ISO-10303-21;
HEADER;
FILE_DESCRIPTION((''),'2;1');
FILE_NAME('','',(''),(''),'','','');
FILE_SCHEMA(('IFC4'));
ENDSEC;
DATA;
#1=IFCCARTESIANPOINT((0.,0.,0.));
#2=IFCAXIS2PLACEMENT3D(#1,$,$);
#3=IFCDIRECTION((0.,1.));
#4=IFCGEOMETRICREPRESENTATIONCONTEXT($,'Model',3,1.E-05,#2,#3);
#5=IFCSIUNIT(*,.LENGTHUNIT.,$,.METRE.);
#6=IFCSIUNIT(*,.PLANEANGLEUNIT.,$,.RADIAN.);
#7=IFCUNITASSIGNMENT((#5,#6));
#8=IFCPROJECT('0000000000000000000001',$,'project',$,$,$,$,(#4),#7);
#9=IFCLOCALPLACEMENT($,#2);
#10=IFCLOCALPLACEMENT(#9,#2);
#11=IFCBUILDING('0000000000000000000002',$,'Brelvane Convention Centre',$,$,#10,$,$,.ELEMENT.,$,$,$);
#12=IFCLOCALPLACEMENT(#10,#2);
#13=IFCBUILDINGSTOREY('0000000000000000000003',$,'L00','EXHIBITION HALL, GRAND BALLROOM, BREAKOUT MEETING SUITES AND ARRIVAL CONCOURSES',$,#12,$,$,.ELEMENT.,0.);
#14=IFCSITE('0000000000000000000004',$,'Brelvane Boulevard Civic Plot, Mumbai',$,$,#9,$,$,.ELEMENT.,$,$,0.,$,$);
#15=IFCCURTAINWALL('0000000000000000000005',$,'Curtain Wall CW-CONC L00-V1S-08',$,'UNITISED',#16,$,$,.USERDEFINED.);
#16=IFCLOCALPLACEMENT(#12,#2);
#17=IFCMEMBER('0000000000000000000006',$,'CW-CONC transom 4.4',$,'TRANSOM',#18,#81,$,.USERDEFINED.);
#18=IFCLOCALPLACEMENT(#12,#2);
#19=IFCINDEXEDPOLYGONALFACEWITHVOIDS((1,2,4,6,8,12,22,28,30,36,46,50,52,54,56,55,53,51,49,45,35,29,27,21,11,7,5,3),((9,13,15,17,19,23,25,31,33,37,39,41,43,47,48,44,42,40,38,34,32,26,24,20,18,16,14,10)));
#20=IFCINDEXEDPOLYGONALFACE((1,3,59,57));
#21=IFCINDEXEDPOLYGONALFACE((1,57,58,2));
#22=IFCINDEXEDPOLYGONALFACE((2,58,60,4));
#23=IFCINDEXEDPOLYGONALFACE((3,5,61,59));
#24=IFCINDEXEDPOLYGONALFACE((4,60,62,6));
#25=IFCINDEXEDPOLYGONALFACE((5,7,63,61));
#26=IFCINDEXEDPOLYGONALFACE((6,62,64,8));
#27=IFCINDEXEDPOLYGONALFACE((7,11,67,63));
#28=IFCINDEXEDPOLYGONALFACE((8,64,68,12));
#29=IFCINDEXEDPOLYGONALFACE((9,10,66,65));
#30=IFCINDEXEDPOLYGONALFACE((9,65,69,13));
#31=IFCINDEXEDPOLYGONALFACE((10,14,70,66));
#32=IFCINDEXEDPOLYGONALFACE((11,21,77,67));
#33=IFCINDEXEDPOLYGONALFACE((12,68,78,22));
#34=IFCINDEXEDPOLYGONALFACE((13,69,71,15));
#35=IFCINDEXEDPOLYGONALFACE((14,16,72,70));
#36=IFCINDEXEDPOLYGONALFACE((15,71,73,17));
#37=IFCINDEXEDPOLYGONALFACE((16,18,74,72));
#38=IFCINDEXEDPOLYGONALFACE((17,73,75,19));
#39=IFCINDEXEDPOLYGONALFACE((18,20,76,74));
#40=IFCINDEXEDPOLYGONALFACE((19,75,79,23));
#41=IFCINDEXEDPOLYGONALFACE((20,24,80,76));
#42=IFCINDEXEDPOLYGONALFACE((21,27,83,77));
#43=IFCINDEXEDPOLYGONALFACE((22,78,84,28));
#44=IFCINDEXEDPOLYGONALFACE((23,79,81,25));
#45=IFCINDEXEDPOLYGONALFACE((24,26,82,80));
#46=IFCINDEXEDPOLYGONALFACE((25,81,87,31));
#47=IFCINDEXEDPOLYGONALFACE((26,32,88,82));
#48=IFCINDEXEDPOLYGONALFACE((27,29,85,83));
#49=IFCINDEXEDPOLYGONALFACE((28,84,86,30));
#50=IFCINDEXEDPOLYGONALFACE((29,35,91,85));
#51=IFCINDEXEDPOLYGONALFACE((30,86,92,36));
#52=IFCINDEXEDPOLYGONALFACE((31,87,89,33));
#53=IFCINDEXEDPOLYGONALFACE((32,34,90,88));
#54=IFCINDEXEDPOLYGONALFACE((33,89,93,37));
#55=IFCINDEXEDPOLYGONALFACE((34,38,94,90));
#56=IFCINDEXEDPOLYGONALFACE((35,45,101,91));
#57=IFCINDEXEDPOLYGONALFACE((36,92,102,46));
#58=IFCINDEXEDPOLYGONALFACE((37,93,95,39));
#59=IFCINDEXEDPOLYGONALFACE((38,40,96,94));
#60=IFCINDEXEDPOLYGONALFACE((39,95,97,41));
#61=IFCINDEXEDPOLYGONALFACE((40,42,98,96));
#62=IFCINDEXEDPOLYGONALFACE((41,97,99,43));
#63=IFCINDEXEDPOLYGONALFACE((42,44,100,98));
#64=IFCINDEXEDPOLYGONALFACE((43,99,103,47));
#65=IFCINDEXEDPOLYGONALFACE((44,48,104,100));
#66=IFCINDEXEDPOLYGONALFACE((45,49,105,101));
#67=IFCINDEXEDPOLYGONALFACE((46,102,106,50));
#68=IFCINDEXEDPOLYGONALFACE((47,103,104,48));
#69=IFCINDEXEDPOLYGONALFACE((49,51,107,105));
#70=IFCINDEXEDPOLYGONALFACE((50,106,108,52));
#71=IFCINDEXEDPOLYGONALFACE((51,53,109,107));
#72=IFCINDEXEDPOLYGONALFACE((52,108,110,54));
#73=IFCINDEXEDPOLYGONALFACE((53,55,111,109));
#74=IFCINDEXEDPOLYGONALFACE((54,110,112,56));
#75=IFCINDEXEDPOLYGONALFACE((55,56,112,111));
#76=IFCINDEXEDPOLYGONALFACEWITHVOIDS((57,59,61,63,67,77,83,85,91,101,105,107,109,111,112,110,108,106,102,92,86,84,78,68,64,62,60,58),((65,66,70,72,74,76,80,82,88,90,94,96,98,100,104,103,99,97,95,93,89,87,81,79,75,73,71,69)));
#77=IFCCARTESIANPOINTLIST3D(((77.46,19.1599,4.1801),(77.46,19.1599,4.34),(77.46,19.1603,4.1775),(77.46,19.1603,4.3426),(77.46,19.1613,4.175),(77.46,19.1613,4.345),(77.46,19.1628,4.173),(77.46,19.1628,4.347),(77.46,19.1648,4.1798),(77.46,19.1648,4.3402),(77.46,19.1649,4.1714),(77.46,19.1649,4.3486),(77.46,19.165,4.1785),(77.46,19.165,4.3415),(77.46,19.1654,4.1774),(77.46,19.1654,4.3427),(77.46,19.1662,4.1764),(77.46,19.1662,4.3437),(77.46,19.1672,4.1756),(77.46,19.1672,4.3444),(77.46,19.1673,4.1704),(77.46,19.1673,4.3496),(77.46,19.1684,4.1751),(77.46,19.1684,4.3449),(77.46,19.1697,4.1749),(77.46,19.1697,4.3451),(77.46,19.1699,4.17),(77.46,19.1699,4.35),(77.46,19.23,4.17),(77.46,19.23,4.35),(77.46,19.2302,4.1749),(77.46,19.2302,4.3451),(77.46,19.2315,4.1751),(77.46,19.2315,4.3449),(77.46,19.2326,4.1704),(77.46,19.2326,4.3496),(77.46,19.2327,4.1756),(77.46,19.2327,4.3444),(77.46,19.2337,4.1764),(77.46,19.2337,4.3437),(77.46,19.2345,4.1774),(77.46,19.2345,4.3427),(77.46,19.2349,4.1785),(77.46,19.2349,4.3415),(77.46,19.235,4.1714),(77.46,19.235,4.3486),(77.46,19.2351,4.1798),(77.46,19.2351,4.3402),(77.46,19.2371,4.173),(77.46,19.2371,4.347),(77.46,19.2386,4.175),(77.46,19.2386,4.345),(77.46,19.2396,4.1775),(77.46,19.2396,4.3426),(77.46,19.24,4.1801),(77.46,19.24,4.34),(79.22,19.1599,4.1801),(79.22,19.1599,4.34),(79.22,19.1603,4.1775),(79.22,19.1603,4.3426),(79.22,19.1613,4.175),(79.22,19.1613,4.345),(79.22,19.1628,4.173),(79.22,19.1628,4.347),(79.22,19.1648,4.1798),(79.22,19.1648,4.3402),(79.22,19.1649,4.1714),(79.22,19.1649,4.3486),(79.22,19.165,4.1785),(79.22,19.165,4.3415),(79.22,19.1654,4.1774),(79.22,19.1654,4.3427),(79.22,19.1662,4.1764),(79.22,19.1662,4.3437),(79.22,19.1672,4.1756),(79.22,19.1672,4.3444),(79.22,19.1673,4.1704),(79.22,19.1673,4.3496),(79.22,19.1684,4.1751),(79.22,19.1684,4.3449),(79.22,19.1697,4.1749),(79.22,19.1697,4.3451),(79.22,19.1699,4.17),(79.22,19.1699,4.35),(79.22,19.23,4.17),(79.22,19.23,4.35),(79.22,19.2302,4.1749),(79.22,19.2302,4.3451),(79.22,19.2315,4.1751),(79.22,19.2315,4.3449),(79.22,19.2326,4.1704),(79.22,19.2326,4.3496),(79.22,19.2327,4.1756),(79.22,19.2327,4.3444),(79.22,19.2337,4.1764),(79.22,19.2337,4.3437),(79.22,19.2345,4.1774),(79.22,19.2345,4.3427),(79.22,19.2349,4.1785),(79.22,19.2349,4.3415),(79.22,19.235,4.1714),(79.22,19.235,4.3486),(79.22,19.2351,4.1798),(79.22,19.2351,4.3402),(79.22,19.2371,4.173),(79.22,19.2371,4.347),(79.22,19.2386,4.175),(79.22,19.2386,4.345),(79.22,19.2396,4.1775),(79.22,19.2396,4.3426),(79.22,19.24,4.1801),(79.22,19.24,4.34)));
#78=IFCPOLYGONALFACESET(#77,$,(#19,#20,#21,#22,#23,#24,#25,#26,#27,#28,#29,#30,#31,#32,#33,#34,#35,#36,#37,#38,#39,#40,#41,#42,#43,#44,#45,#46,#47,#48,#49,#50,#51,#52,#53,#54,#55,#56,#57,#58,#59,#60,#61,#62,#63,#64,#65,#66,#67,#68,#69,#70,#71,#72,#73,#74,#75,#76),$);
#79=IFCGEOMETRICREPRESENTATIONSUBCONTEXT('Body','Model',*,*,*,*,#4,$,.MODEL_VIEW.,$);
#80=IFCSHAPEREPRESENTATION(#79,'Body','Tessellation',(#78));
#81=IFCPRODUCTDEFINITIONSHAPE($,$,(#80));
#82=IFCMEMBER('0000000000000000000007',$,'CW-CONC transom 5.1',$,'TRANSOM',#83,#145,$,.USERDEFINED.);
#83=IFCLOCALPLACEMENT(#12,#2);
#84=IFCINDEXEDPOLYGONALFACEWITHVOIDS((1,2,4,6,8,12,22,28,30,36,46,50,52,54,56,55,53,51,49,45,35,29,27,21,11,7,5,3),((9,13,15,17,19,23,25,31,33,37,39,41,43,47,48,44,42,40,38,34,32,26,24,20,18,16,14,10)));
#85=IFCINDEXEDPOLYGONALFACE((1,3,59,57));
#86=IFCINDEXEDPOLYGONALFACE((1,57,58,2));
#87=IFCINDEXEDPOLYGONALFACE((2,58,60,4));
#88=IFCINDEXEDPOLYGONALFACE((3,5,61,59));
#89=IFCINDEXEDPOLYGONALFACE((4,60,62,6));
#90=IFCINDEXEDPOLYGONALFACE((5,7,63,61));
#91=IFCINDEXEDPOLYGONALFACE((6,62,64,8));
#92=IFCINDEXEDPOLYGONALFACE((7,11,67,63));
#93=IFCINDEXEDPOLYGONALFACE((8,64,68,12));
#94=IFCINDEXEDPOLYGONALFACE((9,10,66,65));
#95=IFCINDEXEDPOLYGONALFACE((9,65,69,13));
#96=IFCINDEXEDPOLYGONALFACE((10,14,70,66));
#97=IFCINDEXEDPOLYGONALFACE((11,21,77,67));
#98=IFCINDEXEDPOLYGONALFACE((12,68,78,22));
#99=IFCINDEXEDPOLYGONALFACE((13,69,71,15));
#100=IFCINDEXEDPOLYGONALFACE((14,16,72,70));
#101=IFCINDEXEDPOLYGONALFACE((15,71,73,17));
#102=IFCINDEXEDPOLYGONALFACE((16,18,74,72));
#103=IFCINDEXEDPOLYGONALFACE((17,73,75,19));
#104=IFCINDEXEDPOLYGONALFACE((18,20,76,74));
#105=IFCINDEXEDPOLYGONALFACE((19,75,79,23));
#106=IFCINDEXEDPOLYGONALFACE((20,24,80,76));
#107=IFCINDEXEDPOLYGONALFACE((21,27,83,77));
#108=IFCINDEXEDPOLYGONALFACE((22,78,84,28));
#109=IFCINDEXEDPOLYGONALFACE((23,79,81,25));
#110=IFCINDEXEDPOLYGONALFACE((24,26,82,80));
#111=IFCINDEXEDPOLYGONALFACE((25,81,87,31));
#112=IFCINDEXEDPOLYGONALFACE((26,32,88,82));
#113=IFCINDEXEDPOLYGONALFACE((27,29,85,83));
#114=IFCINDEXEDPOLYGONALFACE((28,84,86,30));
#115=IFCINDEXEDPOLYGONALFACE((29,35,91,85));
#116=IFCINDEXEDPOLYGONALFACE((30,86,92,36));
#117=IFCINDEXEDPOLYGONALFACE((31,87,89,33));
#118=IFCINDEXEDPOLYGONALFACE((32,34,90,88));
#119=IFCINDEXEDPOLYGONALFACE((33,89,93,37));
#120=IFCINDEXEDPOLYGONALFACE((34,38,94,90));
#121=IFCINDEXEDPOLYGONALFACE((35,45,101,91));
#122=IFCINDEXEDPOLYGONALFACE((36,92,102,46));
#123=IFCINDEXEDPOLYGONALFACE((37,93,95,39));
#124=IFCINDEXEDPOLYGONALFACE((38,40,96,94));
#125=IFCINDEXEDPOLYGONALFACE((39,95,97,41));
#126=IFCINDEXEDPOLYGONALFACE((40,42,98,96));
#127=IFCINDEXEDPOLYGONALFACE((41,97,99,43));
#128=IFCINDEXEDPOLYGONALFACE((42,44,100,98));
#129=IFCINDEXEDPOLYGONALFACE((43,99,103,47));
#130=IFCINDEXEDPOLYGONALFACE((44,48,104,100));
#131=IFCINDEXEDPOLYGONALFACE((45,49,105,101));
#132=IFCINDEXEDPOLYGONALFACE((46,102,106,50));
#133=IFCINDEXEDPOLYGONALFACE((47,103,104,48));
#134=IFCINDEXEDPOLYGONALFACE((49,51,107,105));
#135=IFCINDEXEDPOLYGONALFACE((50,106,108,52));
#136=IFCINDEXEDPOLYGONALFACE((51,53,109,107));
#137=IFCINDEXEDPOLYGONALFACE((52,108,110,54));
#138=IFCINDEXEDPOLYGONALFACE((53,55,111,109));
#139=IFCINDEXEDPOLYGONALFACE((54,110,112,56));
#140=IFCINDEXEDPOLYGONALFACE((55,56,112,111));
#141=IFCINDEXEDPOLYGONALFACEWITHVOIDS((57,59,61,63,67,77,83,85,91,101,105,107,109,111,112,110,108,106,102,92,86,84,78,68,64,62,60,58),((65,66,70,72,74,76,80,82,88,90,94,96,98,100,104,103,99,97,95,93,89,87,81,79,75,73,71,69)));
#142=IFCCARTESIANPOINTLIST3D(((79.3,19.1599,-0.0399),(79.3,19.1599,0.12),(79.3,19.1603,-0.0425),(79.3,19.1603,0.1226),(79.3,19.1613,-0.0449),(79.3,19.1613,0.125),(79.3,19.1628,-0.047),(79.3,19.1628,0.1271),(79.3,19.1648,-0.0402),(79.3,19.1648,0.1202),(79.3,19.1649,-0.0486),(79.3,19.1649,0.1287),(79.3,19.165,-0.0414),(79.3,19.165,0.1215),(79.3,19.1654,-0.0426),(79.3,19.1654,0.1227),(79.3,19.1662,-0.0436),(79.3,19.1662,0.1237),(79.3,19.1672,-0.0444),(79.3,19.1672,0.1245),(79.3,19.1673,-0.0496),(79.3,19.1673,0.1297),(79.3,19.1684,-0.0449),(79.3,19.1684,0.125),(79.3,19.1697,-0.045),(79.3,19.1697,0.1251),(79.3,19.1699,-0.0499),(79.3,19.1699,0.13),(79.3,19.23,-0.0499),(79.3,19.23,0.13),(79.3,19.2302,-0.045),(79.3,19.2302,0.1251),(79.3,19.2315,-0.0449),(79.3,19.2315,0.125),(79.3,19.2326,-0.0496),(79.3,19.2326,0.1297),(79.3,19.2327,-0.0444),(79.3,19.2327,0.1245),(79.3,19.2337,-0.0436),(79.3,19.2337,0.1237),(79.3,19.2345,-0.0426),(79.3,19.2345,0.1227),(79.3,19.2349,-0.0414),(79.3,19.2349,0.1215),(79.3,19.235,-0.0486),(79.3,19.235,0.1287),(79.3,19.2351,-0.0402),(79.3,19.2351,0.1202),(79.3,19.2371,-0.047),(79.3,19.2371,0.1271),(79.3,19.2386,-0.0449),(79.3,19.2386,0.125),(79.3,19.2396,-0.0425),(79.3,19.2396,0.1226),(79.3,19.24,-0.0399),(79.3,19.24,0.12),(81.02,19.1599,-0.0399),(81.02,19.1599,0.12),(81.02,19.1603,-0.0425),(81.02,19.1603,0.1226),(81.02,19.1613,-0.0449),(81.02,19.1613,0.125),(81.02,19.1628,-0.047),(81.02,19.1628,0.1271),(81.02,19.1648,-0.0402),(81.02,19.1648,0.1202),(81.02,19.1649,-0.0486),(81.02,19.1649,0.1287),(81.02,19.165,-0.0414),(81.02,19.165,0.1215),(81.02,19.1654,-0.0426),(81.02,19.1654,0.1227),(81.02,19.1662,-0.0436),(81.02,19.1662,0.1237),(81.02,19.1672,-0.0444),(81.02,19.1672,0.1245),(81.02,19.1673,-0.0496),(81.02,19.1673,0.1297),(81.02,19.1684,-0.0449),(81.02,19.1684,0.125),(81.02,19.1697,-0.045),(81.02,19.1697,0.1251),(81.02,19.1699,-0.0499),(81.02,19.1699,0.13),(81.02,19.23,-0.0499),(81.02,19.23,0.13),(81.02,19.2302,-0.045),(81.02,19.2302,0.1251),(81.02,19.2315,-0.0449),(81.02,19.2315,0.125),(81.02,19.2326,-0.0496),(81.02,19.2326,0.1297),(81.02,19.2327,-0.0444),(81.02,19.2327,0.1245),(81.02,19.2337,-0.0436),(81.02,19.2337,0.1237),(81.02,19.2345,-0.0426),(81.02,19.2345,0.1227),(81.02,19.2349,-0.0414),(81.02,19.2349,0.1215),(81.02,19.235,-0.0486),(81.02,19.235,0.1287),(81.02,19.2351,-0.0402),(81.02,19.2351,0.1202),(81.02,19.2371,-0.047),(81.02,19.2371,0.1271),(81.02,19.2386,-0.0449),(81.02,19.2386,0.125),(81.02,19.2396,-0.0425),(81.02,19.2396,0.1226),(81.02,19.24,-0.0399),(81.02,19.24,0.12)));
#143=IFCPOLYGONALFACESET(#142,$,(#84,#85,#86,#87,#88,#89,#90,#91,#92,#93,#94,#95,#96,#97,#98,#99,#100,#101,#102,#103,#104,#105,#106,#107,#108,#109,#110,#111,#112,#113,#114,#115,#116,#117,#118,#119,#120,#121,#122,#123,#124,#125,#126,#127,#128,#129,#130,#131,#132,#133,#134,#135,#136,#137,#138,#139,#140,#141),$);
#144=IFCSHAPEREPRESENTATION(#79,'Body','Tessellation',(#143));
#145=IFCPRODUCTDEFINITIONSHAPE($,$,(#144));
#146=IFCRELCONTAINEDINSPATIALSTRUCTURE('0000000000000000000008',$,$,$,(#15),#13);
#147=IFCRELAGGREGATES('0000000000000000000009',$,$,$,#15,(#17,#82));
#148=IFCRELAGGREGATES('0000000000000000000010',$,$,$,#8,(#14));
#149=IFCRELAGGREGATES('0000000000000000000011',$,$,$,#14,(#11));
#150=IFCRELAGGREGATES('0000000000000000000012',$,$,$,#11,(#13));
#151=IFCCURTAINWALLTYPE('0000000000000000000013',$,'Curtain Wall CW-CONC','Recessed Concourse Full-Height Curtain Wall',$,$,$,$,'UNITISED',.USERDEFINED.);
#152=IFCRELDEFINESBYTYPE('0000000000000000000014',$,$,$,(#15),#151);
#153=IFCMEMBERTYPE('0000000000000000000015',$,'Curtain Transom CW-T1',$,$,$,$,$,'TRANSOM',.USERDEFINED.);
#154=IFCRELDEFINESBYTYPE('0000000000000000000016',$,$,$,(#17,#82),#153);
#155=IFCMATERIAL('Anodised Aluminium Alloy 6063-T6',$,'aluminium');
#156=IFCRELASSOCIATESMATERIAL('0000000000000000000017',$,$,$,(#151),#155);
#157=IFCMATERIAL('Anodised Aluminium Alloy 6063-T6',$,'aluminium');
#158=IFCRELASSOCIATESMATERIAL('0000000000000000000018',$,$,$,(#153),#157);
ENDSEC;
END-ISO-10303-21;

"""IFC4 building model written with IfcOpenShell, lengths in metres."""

from ifc_helpers import new_model, si_unit, direction, frame, origin, origin_2d, place, context, subcontext, project, spatial, hollow_rectangle, extrude, material, material_profile, profile_set, type_object, element, aggregate, save


model = new_model("IFC4")

# Units and contexts
model_context = context("Model", 3, precision=1e-05, world=origin(), true_north=direction((0.0, 1.0)))
body_context = subcontext(model_context, "Body", "Model", "MODEL_VIEW")
ifc_project = project(units=[si_unit("LENGTHUNIT", "METRE"), si_unit("PLANEANGLEUNIT", "RADIAN")], contexts=[model_context])

# Site, building, storey
site_placement = place(None, origin())
site = spatial("IfcSite", under=ifc_project, at=site_placement, Name="Brelvane Boulevard Civic Plot, Mumbai", CompositionType="ELEMENT", RefElevation=0.0)
building_placement = place(site_placement, origin())
building = spatial("IfcBuilding", under=site, at=building_placement, Name="Brelvane Convention Centre", CompositionType="ELEMENT")
storey_placement = place(building_placement, origin())
storey = spatial("IfcBuildingStorey", under=building, at=storey_placement, Name="L00", Description="EXHIBITION HALL, GRAND BALLROOM, BREAKOUT MEETING SUITES AND ARRIVAL CONCOURSES", CompositionType="ELEMENT", Elevation=0.0)

# Curtain wall, members
ifc_material_1 = material(Name="Anodised Aluminium Alloy 6063-T6", Category="aluminium")
curtain_wall_type = type_object("IfcCurtainWallType", Name="Curtain Wall CW-CONC", Description="Recessed Concourse Full-Height Curtain Wall", ElementType="UNITISED", PredefinedType="USERDEFINED", material=ifc_material_1)
curtain_wall_placement = place(storey_placement, origin())
curtain_wall = element("IfcCurtainWall", 1, at=curtain_wall_placement, inside=storey, type_object=curtain_wall_type, Name="Curtain Wall CW-CONC L00-V1S-08", ObjectType="UNITISED", PredefinedType="USERDEFINED")
ifc_material_2 = material(Name="Anodised Aluminium Alloy 6063-T6", Category="aluminium")
ifc_material_profile_1 = material_profile(ifc_material_2, hollow_rectangle(XDim=0.0801, YDim=0.1799, WallThickness=0.0049, InnerFilletRadius=0.0049, OuterFilletRadius=0.01, at=origin_2d()), Name="ALU-T 180x80x5.0")
ifc_profile_set_1 = profile_set([ifc_material_profile_1], Name="Anodised Aluminium Alloy 6063-T6")
member_type_1 = type_object("IfcMemberType", Name="Curtain Transom CW-T1", ElementType="TRANSOM", PredefinedType="USERDEFINED", material=ifc_profile_set_1)
member_1_placement = place(storey_placement, frame((77.46, 19.2, 4.26), z_axis=(1.0, 0.0, 0.0), x_axis=(0.0, 1.0, 0.0)))
member_1 = element("IfcMember", 2, at=member_1_placement, type_object=member_type_1, Name="CW-CONC transom 4.4", ObjectType="TRANSOM", PredefinedType="USERDEFINED", context=body_context, shape_type="SweptSolid", body=[
    extrude(hollow_rectangle(XDim=0.0801, YDim=0.1799, WallThickness=0.0049, InnerFilletRadius=0.0049, OuterFilletRadius=0.01, at=origin_2d()), origin(), (0.0, 0.0, 1.0), 1.76),
])
member_2_placement = place(storey_placement, frame((79.3, 19.2, 0.04), z_axis=(1.0, 0.0, 0.0), x_axis=(0.0, 1.0, 0.0)))
member_2 = element("IfcMember", 3, at=member_2_placement, type_object=member_type_1, Name="CW-CONC transom 5.1", ObjectType="TRANSOM", PredefinedType="USERDEFINED", context=body_context, shape_type="SweptSolid", body=[
    extrude(hollow_rectangle(XDim=0.0801, YDim=0.1799, WallThickness=0.0049, InnerFilletRadius=0.0049, OuterFilletRadius=0.01, at=origin_2d()), origin(), (0.0, 0.0, 1.0), 1.72),
])
aggregate(curtain_wall, [member_1, member_2])

save(model, "model.ifc")
